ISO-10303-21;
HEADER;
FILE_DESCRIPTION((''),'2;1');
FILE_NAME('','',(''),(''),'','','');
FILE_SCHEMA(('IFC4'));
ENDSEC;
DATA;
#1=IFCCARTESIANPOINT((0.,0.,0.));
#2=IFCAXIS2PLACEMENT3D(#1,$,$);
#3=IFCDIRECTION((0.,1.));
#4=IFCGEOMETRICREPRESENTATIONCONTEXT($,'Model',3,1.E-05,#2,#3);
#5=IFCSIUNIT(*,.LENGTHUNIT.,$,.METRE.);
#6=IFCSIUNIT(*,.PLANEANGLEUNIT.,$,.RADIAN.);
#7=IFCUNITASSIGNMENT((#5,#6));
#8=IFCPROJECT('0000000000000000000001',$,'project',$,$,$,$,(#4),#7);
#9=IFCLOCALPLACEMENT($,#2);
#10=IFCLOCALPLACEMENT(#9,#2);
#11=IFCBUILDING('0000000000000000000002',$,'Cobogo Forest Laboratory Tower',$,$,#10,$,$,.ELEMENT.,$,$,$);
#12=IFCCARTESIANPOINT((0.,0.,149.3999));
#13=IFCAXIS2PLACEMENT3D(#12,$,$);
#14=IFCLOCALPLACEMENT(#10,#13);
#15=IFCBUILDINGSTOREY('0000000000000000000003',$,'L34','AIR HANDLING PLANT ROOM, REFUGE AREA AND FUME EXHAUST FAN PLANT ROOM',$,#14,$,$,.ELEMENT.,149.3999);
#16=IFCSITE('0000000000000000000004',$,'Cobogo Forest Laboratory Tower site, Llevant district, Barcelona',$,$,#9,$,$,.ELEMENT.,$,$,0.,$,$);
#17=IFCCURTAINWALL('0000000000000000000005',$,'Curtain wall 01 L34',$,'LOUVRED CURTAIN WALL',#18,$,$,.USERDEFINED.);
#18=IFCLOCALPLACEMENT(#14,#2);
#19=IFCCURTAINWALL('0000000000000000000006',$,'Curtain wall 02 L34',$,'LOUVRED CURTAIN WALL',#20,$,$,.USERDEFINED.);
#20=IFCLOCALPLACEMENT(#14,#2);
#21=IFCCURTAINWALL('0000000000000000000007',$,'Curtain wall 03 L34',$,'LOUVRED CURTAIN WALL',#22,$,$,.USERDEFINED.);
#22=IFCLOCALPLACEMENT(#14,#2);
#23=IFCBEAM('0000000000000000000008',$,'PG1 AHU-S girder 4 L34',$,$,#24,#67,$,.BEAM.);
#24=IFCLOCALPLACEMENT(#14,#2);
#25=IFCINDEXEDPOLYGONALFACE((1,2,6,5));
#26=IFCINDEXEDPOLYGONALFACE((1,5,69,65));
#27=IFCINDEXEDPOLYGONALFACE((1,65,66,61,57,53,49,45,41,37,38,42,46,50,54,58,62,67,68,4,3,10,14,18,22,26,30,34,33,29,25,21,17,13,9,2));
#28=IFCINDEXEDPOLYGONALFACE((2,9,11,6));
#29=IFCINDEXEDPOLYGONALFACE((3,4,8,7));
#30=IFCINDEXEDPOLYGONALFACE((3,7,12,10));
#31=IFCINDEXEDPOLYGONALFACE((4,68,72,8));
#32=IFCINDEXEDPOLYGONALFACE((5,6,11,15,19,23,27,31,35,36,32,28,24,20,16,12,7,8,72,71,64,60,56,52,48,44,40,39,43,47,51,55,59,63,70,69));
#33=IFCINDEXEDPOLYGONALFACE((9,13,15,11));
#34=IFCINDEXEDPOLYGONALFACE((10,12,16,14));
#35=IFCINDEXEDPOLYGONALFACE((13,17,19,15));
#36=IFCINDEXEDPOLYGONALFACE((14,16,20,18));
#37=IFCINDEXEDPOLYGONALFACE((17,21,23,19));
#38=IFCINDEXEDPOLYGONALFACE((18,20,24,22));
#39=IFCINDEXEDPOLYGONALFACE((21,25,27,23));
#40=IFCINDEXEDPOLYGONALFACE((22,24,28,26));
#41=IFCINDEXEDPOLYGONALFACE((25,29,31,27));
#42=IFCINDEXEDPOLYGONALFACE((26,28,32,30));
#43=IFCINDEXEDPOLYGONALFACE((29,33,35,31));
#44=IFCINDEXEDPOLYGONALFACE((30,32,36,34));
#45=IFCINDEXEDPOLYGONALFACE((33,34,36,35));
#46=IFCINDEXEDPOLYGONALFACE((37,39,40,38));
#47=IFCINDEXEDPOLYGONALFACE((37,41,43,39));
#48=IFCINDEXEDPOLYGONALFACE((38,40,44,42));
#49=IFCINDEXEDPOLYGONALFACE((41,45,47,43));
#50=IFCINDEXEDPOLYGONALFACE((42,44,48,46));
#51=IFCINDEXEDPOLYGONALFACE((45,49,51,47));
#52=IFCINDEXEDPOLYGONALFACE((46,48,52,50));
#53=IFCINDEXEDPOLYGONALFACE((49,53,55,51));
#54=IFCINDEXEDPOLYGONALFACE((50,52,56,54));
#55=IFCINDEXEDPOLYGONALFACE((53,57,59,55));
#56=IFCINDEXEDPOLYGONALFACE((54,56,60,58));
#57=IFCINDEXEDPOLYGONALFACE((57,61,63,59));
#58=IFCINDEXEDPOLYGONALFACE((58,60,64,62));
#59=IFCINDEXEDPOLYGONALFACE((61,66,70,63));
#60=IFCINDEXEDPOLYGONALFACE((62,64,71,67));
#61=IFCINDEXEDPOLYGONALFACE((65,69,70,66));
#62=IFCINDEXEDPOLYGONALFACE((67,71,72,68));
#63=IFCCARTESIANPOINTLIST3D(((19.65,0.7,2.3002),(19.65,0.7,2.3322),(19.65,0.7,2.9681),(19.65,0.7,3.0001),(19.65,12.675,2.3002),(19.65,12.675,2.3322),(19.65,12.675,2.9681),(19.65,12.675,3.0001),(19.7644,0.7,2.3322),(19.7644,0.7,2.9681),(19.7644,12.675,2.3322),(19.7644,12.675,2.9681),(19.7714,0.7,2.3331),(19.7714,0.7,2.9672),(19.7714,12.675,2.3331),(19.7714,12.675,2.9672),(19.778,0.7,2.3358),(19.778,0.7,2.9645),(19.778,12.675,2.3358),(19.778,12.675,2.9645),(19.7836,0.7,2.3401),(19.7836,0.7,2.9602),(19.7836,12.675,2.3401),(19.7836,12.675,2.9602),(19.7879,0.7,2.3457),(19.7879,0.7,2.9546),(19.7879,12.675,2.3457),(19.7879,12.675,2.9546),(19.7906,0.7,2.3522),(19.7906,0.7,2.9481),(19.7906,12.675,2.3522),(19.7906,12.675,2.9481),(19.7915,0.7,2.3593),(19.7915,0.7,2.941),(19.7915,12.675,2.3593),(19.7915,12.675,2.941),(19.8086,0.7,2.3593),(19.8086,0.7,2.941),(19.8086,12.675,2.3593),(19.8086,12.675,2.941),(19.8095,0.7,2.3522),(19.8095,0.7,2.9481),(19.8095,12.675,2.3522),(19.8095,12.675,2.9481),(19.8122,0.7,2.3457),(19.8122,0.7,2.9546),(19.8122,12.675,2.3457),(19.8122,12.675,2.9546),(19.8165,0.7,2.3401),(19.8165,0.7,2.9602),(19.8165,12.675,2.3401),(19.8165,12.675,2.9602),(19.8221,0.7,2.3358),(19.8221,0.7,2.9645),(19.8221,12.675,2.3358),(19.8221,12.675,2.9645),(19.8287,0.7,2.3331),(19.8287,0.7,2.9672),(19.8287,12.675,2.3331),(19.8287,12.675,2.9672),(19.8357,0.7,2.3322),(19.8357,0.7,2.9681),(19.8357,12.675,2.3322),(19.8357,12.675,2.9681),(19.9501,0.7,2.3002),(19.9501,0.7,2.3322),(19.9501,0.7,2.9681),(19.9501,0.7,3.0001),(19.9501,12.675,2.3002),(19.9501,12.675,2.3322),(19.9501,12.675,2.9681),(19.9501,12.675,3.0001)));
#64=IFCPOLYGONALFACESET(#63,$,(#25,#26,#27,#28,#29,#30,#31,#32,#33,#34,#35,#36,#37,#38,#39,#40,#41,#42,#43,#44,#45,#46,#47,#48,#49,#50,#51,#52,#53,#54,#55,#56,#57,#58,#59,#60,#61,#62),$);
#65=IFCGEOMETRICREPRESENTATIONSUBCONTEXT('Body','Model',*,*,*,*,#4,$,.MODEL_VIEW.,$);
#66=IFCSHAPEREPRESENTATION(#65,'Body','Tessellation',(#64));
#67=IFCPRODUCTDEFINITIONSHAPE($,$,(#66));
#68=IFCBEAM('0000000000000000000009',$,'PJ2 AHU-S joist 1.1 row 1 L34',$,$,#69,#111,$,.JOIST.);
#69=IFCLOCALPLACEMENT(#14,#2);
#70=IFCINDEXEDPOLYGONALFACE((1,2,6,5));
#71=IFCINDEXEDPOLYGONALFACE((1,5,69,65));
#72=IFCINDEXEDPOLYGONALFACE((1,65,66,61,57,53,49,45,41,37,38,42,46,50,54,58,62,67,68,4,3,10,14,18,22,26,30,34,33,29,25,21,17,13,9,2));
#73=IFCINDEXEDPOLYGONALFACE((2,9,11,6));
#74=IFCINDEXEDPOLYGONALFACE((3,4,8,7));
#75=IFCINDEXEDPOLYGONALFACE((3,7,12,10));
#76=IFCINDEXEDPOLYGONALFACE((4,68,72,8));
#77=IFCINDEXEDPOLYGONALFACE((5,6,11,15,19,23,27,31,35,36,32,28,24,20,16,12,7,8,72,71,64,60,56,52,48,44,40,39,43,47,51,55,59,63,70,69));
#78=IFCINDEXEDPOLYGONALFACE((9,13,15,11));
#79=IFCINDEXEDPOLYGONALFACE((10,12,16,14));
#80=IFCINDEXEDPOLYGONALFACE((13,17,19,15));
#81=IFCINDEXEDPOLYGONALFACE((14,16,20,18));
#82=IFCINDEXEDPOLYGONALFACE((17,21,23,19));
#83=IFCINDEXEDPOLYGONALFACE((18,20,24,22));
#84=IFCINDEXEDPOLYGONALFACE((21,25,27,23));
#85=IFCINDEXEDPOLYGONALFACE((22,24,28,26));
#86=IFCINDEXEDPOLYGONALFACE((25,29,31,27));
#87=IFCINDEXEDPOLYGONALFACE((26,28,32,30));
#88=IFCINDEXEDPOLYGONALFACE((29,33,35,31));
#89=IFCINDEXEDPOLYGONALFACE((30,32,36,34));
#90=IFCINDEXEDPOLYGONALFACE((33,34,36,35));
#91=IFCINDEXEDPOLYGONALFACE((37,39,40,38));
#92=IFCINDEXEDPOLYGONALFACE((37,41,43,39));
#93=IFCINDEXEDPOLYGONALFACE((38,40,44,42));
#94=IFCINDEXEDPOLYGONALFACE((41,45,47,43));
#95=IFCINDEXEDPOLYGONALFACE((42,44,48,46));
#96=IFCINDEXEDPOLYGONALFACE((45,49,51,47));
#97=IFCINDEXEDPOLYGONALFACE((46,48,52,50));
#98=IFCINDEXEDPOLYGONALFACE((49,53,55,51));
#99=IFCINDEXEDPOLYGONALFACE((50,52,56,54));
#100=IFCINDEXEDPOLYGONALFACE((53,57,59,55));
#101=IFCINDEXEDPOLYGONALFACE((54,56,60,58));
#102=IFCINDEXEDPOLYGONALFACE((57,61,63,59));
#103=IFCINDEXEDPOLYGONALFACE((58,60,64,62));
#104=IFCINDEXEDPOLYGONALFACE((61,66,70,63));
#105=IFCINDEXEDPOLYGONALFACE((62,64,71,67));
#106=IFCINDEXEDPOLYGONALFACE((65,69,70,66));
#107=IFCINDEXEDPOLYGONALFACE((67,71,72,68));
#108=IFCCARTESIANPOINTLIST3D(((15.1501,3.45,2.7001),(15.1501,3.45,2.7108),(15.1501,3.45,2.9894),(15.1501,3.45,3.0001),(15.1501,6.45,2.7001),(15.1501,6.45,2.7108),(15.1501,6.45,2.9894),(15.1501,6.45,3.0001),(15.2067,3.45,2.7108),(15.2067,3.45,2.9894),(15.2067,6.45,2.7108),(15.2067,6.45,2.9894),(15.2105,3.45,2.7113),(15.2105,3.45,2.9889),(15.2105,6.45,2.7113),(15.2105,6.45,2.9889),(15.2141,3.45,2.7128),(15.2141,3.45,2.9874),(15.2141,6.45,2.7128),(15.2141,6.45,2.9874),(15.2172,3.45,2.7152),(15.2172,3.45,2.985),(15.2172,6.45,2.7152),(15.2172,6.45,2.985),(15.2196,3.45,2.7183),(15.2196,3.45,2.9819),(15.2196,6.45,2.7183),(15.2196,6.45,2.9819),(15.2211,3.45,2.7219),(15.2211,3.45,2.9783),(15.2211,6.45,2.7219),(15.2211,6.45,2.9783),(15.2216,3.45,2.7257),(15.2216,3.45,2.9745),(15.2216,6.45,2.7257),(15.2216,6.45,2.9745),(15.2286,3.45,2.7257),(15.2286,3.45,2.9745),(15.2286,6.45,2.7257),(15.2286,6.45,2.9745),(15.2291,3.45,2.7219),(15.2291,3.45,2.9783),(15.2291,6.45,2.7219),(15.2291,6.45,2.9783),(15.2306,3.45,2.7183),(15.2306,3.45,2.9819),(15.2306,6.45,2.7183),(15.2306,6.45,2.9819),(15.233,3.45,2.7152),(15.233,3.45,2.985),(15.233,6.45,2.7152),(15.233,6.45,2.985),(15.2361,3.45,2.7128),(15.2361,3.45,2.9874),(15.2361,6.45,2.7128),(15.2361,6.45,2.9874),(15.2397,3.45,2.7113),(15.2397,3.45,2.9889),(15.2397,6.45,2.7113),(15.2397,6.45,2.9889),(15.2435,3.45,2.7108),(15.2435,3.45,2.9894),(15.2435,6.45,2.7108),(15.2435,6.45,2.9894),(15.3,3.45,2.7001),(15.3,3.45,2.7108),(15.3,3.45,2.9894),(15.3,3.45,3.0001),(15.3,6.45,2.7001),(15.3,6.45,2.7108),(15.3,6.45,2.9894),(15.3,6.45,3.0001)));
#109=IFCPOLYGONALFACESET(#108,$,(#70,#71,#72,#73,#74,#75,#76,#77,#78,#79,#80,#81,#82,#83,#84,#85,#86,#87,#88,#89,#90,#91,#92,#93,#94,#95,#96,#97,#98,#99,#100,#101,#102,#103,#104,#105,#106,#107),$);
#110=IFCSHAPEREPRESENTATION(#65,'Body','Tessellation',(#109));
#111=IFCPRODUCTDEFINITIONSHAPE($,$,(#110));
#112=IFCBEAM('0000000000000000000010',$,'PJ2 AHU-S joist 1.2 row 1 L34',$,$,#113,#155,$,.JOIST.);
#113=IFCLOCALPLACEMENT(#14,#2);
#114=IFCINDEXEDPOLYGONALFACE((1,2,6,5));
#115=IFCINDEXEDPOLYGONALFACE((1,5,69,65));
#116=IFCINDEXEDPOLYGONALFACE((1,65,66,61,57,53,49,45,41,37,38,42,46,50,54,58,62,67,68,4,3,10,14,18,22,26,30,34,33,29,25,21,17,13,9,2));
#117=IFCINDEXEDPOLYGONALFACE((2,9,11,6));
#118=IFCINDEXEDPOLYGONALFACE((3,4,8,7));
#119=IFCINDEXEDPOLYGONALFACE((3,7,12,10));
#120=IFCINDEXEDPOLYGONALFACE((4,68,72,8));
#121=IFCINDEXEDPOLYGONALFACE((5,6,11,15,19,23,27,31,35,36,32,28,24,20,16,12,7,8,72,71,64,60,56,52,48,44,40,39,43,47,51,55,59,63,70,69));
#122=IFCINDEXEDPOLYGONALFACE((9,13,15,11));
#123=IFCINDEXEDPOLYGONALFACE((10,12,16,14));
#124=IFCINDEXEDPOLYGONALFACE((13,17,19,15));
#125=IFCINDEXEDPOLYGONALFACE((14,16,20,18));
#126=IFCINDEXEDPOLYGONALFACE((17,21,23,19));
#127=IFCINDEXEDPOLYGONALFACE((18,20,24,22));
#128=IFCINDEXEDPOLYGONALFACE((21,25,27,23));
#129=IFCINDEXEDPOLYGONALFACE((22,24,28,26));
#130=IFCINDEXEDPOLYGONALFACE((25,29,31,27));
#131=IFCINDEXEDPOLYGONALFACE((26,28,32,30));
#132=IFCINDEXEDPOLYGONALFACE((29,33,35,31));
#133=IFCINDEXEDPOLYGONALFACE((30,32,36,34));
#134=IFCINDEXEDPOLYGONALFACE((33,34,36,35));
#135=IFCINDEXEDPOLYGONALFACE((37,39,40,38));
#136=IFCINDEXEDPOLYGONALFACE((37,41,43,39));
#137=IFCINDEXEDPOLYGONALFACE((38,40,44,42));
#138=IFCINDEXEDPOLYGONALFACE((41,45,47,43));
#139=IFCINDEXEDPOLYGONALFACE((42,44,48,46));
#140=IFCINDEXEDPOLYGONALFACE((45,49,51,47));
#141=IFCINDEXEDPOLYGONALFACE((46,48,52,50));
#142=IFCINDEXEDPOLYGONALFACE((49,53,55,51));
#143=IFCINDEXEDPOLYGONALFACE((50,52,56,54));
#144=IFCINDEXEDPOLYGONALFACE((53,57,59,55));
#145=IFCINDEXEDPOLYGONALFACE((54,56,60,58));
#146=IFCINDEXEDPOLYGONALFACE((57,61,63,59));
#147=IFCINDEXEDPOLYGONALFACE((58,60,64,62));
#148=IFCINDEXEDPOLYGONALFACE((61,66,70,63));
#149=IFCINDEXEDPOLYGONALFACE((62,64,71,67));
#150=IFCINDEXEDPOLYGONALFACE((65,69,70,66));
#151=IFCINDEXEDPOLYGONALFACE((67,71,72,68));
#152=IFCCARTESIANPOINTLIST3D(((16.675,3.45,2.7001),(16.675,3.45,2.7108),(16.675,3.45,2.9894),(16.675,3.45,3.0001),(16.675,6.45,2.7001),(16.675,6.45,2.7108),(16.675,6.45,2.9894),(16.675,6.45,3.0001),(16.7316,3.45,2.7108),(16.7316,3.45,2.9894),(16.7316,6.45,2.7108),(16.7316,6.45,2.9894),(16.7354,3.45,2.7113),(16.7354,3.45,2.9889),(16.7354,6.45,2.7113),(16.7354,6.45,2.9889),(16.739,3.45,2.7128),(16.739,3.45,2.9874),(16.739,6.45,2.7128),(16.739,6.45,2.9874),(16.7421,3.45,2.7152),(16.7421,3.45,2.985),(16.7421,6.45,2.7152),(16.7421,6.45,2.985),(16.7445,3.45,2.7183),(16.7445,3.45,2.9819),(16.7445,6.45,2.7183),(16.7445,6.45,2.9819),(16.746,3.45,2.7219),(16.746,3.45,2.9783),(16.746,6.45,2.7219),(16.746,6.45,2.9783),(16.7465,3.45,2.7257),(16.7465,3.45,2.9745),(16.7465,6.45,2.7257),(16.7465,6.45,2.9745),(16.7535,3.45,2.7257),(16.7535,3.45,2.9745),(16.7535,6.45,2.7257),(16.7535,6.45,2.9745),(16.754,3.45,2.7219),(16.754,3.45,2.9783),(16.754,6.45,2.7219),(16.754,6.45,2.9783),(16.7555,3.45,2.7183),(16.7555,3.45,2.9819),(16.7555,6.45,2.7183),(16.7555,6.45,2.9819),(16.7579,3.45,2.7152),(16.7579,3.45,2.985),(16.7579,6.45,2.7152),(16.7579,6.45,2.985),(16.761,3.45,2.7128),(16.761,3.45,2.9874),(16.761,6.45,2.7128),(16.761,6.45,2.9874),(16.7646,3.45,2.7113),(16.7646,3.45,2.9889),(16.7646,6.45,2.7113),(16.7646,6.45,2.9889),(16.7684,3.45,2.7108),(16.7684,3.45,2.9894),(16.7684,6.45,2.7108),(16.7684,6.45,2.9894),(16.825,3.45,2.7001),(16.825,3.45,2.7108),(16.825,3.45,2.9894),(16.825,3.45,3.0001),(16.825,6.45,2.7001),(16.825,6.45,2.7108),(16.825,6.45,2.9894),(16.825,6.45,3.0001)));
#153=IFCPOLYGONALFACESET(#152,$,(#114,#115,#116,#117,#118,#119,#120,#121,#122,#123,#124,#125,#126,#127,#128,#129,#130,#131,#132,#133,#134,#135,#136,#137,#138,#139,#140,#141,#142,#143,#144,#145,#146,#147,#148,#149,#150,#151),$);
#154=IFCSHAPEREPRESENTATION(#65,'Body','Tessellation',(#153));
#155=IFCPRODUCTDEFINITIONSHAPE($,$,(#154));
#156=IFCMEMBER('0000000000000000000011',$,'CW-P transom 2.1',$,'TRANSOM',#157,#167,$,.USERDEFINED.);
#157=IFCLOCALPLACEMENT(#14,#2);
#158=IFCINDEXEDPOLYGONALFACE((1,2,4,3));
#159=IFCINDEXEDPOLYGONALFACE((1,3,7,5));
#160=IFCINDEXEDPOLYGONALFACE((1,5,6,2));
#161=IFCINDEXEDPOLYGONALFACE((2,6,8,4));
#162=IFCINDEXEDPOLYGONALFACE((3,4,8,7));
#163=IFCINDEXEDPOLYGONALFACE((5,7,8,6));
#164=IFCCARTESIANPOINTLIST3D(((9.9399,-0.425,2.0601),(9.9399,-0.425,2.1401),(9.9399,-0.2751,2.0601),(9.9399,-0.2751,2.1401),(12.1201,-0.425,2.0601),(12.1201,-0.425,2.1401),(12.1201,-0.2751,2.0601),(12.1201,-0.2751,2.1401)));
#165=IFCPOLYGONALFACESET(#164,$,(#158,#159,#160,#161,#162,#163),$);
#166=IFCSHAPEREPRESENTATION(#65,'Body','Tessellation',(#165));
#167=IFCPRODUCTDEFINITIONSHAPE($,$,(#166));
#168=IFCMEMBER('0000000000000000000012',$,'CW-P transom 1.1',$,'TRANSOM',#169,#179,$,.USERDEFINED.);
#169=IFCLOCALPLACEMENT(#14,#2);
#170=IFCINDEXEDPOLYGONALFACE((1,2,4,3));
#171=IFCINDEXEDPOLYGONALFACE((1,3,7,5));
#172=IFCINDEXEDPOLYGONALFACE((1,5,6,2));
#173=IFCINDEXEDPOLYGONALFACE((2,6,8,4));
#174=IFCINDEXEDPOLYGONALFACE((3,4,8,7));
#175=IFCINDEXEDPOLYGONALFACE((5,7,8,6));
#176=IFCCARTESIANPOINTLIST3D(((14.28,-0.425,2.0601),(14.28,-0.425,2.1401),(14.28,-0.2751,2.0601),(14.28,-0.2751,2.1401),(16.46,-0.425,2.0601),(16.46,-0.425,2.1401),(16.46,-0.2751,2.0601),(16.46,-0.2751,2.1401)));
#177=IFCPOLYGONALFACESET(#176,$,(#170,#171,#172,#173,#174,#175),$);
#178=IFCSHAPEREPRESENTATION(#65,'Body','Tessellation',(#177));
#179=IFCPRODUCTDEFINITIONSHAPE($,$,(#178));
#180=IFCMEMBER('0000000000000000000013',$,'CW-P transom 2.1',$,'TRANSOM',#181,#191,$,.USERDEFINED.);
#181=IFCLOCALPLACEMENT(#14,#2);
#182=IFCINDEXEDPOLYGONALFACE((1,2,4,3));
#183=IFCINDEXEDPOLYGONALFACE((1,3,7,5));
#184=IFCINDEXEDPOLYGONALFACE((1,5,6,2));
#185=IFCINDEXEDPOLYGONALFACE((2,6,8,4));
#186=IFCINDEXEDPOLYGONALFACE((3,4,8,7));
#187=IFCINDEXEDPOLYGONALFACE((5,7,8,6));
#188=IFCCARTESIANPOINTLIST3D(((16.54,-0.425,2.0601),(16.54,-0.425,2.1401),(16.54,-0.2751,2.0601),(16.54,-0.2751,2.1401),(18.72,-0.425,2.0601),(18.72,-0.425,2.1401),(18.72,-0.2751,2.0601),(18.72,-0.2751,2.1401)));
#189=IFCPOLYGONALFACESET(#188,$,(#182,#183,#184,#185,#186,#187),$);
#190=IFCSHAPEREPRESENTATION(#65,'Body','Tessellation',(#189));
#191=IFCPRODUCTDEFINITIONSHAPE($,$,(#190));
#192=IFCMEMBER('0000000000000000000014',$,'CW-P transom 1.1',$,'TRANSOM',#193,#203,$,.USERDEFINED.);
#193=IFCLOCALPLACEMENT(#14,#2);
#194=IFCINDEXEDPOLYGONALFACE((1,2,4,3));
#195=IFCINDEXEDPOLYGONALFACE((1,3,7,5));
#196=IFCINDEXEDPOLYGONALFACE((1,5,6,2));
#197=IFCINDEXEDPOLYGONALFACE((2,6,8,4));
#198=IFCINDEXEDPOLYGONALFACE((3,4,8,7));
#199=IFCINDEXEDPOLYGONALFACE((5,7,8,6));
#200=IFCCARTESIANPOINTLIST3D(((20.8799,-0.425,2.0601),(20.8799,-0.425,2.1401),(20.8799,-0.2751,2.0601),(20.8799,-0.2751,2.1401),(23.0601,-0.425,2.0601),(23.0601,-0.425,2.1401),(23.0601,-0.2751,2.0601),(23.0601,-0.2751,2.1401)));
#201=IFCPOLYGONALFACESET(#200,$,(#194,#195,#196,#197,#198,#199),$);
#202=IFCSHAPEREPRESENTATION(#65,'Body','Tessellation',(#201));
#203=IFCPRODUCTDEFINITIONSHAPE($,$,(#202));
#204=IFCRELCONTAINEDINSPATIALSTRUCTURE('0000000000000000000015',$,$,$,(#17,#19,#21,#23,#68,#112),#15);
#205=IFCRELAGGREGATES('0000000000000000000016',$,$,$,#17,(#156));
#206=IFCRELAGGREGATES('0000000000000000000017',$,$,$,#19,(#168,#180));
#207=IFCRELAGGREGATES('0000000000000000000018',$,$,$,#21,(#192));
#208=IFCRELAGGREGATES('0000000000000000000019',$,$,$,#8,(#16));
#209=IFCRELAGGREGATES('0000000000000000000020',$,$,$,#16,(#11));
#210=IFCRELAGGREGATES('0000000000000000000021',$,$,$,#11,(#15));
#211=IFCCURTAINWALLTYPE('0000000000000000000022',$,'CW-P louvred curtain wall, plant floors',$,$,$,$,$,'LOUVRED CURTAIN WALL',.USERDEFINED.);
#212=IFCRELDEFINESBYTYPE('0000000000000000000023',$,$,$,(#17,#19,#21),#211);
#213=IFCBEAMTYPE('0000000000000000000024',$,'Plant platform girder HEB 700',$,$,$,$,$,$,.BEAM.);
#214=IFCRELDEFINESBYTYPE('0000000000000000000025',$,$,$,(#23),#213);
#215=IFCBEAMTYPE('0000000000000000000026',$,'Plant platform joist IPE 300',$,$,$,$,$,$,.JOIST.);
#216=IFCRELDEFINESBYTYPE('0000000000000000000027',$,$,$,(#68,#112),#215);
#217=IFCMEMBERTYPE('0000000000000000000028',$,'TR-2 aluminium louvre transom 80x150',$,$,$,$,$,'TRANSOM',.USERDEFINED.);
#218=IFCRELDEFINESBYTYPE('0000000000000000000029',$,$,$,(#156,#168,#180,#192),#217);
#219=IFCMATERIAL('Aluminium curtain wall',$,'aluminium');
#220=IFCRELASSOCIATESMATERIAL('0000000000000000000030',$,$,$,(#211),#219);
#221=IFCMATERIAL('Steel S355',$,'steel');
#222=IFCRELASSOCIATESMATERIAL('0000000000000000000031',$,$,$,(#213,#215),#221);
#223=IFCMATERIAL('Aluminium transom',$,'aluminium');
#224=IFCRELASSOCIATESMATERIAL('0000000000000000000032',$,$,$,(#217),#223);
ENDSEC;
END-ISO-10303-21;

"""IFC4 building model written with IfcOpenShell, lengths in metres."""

from ifc_helpers import new_model, si_unit, direction, frame, origin, origin_2d, place, context, subcontext, project, spatial, rectangle, i_section, extrude, material, material_profile, profile_set, type_object, element, aggregate, save


model = new_model("IFC4")

# Units and contexts
model_context = context("Model", 3, precision=1e-05, world=origin(), true_north=direction((0.0, 1.0)))
body_context = subcontext(model_context, "Body", "Model", "MODEL_VIEW")
ifc_project = project(units=[si_unit("LENGTHUNIT", "METRE"), si_unit("PLANEANGLEUNIT", "RADIAN")], contexts=[model_context])

# Site, building, storey
site_placement = place(None, origin())
site = spatial("IfcSite", under=ifc_project, at=site_placement, Name="Cobogo Forest Laboratory Tower site, Llevant district, Barcelona", CompositionType="ELEMENT", RefElevation=0.0)
building_placement = place(site_placement, origin())
building = spatial("IfcBuilding", under=site, at=building_placement, Name="Cobogo Forest Laboratory Tower", CompositionType="ELEMENT")
storey_placement = place(building_placement, frame((0.0, 0.0, 149.3999)))
storey = spatial("IfcBuildingStorey", under=building, at=storey_placement, Name="L34", Description="AIR HANDLING PLANT ROOM, REFUGE AREA AND FUME EXHAUST FAN PLANT ROOM", CompositionType="ELEMENT", Elevation=149.3999)

# Curtain wall
ifc_material_1 = material(Name="Aluminium curtain wall", Category="aluminium")
curtain_wall_type = type_object("IfcCurtainWallType", Name="CW-P louvred curtain wall, plant floors", ElementType="LOUVRED CURTAIN WALL", PredefinedType="USERDEFINED", material=ifc_material_1)
curtain_wall_1_placement = place(storey_placement, origin())
curtain_wall_1 = element("IfcCurtainWall", 1, at=curtain_wall_1_placement, inside=storey, type_object=curtain_wall_type, Name="Curtain wall 01 L34", ObjectType="LOUVRED CURTAIN WALL", PredefinedType="USERDEFINED")

# Curtain walls
curtain_wall_2_placement = place(storey_placement, origin())
curtain_wall_2 = element("IfcCurtainWall", 2, at=curtain_wall_2_placement, inside=storey, type_object=curtain_wall_type, Name="Curtain wall 02 L34", ObjectType="LOUVRED CURTAIN WALL", PredefinedType="USERDEFINED")
curtain_wall_3_placement = place(storey_placement, origin())
curtain_wall_3 = element("IfcCurtainWall", 3, at=curtain_wall_3_placement, inside=storey, type_object=curtain_wall_type, Name="Curtain wall 03 L34", ObjectType="LOUVRED CURTAIN WALL", PredefinedType="USERDEFINED")

# Shared definitions
ifc_material_2 = material(Name="Steel S355", Category="steel")

# Beams
ifc_material_profile_1 = material_profile(ifc_material_2, i_section(OverallWidth=0.3, OverallDepth=0.7, WebThickness=0.0171, FlangeThickness=0.032, FilletRadius=0.0271, at=origin_2d()), Name="HEB 700")
ifc_profile_set_1 = profile_set([ifc_material_profile_1], Name="Steel S355")
beam_type_1 = type_object("IfcBeamType", Name="Plant platform girder HEB 700", PredefinedType="BEAM", material=ifc_profile_set_1)
beam_1_placement = place(storey_placement, frame((19.8, 0.7, 2.6501), z_axis=(0.0, 1.0, 0.0), x_axis=(-1.0, 0.0, 0.0)))
element("IfcBeam", 4, at=beam_1_placement, inside=storey, type_object=beam_type_1, Name="PG1 AHU-S girder 4 L34", PredefinedType="BEAM", context=body_context, shape_type="SweptSolid", body=[
    extrude(i_section(OverallWidth=0.3, OverallDepth=0.7, WebThickness=0.0171, FlangeThickness=0.032, FilletRadius=0.0271, at=origin_2d()), origin(), (0.0, 0.0, 1.0), 11.9751),
])
ifc_material_profile_2 = material_profile(ifc_material_2, i_section(OverallWidth=0.1499, OverallDepth=0.3, WebThickness=0.0071, FlangeThickness=0.0107, FilletRadius=0.0149, at=origin_2d()), Name="IPE 300")
ifc_profile_set_2 = profile_set([ifc_material_profile_2], Name="Steel S355")
beam_type_2 = type_object("IfcBeamType", Name="Plant platform joist IPE 300", PredefinedType="JOIST", material=ifc_profile_set_2)
for number, where, z_axis, x_axis, name in (
    (5, (15.2251, 3.45, 2.8501), (0.0, 1.0, 0.0), (-1.0, 0.0, 0.0), "PJ2 AHU-S joist 1.1 row 1 L34"),
    (6, (16.75, 3.45, 2.8501), (0.0, 1.0, 0.0), (-1.0, 0.0, 0.0), "PJ2 AHU-S joist 1.2 row 1 L34"),
):
    element("IfcBeam", number, at=place(storey_placement, frame(where, z_axis=z_axis, x_axis=x_axis)), inside=storey, type_object=beam_type_2, Name=name, PredefinedType="JOIST", context=body_context, shape_type="SweptSolid", body=[
        extrude(i_section(OverallWidth=0.1499, OverallDepth=0.3, WebThickness=0.0071, FlangeThickness=0.0107, FilletRadius=0.0149, at=origin_2d()), origin(), (0.0, 0.0, 1.0), 3.0),
    ])

# Members
ifc_material_3 = material(Name="Aluminium transom", Category="aluminium")
ifc_material_profile_3 = material_profile(ifc_material_3, rectangle(XDim=0.1499, YDim=0.0801, at=origin_2d()), Name="AL 80x150")
ifc_profile_set_3 = profile_set([ifc_material_profile_3], Name="Aluminium transom")
member_type_1 = type_object("IfcMemberType", Name="TR-2 aluminium louvre transom 80x150", ElementType="TRANSOM", PredefinedType="USERDEFINED", material=ifc_profile_set_3)
member_1_placement = place(storey_placement, frame((9.9399, -0.3501, 2.1001), z_axis=(1.0, 0.0, 0.0), x_axis=(0.0, 1.0, 0.0)))
member_1 = element("IfcMember", 7, at=member_1_placement, type_object=member_type_1, Name="CW-P transom 2.1", ObjectType="TRANSOM", PredefinedType="USERDEFINED", context=body_context, shape_type="SweptSolid", body=[
    extrude(rectangle(XDim=0.1499, YDim=0.0801, at=origin_2d()), origin(), (0.0, 0.0, 1.0), 2.1802),
])
member_2_placement = place(storey_placement, frame((14.28, -0.3501, 2.1001), z_axis=(1.0, 0.0, 0.0), x_axis=(0.0, 1.0, 0.0)))
member_2 = element("IfcMember", 8, at=member_2_placement, type_object=member_type_1, Name="CW-P transom 1.1", ObjectType="TRANSOM", PredefinedType="USERDEFINED", context=body_context, shape_type="SweptSolid", body=[
    extrude(rectangle(XDim=0.1499, YDim=0.0801, at=origin_2d()), origin(), (0.0, 0.0, 1.0), 2.1799),
])
member_3_placement = place(storey_placement, frame((16.54, -0.3501, 2.1001), z_axis=(1.0, 0.0, 0.0), x_axis=(0.0, 1.0, 0.0)))
member_3 = element("IfcMember", 9, at=member_3_placement, type_object=member_type_1, Name="CW-P transom 2.1", ObjectType="TRANSOM", PredefinedType="USERDEFINED", context=body_context, shape_type="SweptSolid", body=[
    extrude(rectangle(XDim=0.1499, YDim=0.0801, at=origin_2d()), origin(), (0.0, 0.0, 1.0), 2.1799),
])
member_4_placement = place(storey_placement, frame((20.8799, -0.3501, 2.1001), z_axis=(1.0, 0.0, 0.0), x_axis=(0.0, 1.0, 0.0)))
member_4 = element("IfcMember", 10, at=member_4_placement, type_object=member_type_1, Name="CW-P transom 1.1", ObjectType="TRANSOM", PredefinedType="USERDEFINED", context=body_context, shape_type="SweptSolid", body=[
    extrude(rectangle(XDim=0.1499, YDim=0.0801, at=origin_2d()), origin(), (0.0, 0.0, 1.0), 2.1802),
])

aggregate(curtain_wall_1, [member_1])
aggregate(curtain_wall_2, [member_2, member_3])
aggregate(curtain_wall_3, [member_4])

save(model, "model.ifc")
